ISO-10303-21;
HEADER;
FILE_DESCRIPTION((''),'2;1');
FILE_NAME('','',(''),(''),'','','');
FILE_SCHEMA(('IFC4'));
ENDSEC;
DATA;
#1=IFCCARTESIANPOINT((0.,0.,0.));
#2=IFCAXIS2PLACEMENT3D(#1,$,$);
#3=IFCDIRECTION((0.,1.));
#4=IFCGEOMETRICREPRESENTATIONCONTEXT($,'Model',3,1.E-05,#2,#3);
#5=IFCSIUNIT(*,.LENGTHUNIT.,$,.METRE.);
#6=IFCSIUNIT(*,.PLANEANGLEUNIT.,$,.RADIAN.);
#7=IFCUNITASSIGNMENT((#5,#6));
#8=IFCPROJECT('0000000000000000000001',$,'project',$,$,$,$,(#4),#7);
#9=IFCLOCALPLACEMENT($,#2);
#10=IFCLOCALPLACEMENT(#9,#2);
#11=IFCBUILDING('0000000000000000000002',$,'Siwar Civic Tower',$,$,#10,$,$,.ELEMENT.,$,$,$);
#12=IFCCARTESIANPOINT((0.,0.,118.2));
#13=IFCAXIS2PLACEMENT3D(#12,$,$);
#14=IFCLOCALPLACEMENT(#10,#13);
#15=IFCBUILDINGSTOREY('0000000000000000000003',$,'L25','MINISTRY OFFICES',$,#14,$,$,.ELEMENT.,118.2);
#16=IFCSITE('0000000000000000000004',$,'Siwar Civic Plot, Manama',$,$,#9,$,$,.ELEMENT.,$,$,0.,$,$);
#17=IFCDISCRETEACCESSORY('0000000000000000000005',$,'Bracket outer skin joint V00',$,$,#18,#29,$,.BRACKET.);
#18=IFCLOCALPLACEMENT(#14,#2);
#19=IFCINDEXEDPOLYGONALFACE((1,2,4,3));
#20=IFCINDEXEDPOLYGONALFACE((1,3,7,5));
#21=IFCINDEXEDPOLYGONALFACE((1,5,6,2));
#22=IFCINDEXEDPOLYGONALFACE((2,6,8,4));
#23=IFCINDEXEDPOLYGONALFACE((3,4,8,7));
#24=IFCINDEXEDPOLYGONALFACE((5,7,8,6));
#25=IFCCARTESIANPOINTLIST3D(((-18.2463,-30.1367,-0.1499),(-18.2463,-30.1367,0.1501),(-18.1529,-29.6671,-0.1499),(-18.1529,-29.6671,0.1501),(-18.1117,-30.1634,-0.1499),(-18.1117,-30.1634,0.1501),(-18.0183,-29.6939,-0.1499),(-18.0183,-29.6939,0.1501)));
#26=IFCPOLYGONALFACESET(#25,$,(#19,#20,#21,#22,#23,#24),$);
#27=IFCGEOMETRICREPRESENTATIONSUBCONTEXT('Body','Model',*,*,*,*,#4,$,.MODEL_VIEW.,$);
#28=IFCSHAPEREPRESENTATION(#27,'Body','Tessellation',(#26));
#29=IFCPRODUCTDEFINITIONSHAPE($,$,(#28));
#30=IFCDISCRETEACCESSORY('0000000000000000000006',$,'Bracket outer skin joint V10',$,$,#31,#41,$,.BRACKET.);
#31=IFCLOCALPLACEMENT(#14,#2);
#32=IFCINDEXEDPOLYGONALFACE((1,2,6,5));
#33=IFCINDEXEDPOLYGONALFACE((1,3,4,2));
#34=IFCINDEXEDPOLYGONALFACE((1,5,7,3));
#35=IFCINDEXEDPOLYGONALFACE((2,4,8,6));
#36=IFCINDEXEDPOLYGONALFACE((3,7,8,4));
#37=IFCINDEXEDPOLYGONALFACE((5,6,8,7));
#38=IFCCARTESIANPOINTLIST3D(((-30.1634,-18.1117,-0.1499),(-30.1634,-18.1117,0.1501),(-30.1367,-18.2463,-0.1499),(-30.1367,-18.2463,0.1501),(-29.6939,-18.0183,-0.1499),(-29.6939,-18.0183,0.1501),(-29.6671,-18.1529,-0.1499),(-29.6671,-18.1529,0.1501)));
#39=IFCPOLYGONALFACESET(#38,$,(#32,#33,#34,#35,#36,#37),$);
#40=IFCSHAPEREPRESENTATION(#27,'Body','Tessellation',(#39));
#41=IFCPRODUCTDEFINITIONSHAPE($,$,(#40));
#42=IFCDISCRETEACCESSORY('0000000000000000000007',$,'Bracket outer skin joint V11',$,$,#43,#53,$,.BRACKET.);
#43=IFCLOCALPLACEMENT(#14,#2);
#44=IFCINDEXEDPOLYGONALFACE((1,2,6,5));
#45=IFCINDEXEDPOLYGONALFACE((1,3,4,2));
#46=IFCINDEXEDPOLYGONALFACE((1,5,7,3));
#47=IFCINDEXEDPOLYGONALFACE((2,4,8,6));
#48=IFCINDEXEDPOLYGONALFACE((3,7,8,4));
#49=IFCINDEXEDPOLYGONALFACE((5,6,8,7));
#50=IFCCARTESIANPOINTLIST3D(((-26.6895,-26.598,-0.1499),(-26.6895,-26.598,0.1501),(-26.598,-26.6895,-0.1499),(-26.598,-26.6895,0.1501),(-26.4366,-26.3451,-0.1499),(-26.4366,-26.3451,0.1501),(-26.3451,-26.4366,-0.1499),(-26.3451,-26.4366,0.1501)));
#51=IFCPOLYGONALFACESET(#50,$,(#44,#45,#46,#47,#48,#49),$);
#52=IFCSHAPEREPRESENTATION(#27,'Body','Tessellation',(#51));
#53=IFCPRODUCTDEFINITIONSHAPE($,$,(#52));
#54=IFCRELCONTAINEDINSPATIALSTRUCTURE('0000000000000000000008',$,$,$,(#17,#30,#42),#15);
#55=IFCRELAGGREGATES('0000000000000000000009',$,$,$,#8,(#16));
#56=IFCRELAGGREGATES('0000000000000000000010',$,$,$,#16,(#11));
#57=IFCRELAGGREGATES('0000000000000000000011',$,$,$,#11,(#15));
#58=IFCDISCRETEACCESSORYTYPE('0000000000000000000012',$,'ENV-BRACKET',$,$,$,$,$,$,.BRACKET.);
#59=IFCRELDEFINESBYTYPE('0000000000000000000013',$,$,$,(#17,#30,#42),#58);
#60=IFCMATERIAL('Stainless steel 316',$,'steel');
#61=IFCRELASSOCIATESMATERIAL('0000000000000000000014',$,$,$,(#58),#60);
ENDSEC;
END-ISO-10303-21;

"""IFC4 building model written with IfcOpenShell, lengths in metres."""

from ifc_helpers import new_model, si_unit, direction, frame, origin, origin_2d, place, context, subcontext, project, spatial, rectangle, extrude, material, type_object, element, save


model = new_model("IFC4")

# Units and contexts
model_context = context("Model", 3, precision=1e-05, world=origin(), true_north=direction((0.0, 1.0)))
body_context = subcontext(model_context, "Body", "Model", "MODEL_VIEW")
ifc_project = project(units=[si_unit("LENGTHUNIT", "METRE"), si_unit("PLANEANGLEUNIT", "RADIAN")], contexts=[model_context])

# Site, building, storey
site_placement = place(None, origin())
site = spatial("IfcSite", under=ifc_project, at=site_placement, Name="Siwar Civic Plot, Manama", CompositionType="ELEMENT", RefElevation=0.0)
building_placement = place(site_placement, origin())
building = spatial("IfcBuilding", under=site, at=building_placement, Name="Siwar Civic Tower", CompositionType="ELEMENT")
storey_placement = place(building_placement, frame((0.0, 0.0, 118.2)))
storey = spatial("IfcBuildingStorey", under=building, at=storey_placement, Name="L25", Description="MINISTRY OFFICES", CompositionType="ELEMENT", Elevation=118.2)

# Discrete accessories
ifc_material_1 = material(Name="Stainless steel 316", Category="steel")
discrete_accessory_type = type_object("IfcDiscreteAccessoryType", Name="ENV-BRACKET", PredefinedType="BRACKET", material=ifc_material_1)
for number, where, z_axis, x_axis, name in (
    (1, (-18.1323, -29.9153, -0.1499), (0.0, 0.0, 1.0), (-0.19509, -0.980785, 0.0), "Bracket outer skin joint V00"),
    (2, (-29.9153, -18.1323, -0.1499), (0.0, 0.0, 1.0), (-0.980785, -0.19509, 0.0), "Bracket outer skin joint V10"),
):
    element("IfcDiscreteAccessory", number, at=place(storey_placement, frame(where, z_axis=z_axis, x_axis=x_axis)), inside=storey, type_object=discrete_accessory_type, Name=name, PredefinedType="BRACKET", context=body_context, shape_type="SweptSolid", body=[
        extrude(rectangle(XDim=0.4788, YDim=0.1372, at=origin_2d()), origin(), (0.0, 0.0, 1.0), 0.3),
    ])
discrete_accessory_placement = place(storey_placement, frame((-26.5173, -26.5173, -0.1499), z_axis=(0.0, 0.0, 1.0), x_axis=(-0.707107, -0.707107, 0.0)))
element("IfcDiscreteAccessory", 3, at=discrete_accessory_placement, inside=storey, type_object=discrete_accessory_type, Name="Bracket outer skin joint V11", PredefinedType="BRACKET", context=body_context, shape_type="SweptSolid", body=[
    extrude(rectangle(XDim=0.3577, YDim=0.1294, at=origin_2d()), origin(), (0.0, 0.0, 1.0), 0.3),
])

save(model, "model.ifc")
